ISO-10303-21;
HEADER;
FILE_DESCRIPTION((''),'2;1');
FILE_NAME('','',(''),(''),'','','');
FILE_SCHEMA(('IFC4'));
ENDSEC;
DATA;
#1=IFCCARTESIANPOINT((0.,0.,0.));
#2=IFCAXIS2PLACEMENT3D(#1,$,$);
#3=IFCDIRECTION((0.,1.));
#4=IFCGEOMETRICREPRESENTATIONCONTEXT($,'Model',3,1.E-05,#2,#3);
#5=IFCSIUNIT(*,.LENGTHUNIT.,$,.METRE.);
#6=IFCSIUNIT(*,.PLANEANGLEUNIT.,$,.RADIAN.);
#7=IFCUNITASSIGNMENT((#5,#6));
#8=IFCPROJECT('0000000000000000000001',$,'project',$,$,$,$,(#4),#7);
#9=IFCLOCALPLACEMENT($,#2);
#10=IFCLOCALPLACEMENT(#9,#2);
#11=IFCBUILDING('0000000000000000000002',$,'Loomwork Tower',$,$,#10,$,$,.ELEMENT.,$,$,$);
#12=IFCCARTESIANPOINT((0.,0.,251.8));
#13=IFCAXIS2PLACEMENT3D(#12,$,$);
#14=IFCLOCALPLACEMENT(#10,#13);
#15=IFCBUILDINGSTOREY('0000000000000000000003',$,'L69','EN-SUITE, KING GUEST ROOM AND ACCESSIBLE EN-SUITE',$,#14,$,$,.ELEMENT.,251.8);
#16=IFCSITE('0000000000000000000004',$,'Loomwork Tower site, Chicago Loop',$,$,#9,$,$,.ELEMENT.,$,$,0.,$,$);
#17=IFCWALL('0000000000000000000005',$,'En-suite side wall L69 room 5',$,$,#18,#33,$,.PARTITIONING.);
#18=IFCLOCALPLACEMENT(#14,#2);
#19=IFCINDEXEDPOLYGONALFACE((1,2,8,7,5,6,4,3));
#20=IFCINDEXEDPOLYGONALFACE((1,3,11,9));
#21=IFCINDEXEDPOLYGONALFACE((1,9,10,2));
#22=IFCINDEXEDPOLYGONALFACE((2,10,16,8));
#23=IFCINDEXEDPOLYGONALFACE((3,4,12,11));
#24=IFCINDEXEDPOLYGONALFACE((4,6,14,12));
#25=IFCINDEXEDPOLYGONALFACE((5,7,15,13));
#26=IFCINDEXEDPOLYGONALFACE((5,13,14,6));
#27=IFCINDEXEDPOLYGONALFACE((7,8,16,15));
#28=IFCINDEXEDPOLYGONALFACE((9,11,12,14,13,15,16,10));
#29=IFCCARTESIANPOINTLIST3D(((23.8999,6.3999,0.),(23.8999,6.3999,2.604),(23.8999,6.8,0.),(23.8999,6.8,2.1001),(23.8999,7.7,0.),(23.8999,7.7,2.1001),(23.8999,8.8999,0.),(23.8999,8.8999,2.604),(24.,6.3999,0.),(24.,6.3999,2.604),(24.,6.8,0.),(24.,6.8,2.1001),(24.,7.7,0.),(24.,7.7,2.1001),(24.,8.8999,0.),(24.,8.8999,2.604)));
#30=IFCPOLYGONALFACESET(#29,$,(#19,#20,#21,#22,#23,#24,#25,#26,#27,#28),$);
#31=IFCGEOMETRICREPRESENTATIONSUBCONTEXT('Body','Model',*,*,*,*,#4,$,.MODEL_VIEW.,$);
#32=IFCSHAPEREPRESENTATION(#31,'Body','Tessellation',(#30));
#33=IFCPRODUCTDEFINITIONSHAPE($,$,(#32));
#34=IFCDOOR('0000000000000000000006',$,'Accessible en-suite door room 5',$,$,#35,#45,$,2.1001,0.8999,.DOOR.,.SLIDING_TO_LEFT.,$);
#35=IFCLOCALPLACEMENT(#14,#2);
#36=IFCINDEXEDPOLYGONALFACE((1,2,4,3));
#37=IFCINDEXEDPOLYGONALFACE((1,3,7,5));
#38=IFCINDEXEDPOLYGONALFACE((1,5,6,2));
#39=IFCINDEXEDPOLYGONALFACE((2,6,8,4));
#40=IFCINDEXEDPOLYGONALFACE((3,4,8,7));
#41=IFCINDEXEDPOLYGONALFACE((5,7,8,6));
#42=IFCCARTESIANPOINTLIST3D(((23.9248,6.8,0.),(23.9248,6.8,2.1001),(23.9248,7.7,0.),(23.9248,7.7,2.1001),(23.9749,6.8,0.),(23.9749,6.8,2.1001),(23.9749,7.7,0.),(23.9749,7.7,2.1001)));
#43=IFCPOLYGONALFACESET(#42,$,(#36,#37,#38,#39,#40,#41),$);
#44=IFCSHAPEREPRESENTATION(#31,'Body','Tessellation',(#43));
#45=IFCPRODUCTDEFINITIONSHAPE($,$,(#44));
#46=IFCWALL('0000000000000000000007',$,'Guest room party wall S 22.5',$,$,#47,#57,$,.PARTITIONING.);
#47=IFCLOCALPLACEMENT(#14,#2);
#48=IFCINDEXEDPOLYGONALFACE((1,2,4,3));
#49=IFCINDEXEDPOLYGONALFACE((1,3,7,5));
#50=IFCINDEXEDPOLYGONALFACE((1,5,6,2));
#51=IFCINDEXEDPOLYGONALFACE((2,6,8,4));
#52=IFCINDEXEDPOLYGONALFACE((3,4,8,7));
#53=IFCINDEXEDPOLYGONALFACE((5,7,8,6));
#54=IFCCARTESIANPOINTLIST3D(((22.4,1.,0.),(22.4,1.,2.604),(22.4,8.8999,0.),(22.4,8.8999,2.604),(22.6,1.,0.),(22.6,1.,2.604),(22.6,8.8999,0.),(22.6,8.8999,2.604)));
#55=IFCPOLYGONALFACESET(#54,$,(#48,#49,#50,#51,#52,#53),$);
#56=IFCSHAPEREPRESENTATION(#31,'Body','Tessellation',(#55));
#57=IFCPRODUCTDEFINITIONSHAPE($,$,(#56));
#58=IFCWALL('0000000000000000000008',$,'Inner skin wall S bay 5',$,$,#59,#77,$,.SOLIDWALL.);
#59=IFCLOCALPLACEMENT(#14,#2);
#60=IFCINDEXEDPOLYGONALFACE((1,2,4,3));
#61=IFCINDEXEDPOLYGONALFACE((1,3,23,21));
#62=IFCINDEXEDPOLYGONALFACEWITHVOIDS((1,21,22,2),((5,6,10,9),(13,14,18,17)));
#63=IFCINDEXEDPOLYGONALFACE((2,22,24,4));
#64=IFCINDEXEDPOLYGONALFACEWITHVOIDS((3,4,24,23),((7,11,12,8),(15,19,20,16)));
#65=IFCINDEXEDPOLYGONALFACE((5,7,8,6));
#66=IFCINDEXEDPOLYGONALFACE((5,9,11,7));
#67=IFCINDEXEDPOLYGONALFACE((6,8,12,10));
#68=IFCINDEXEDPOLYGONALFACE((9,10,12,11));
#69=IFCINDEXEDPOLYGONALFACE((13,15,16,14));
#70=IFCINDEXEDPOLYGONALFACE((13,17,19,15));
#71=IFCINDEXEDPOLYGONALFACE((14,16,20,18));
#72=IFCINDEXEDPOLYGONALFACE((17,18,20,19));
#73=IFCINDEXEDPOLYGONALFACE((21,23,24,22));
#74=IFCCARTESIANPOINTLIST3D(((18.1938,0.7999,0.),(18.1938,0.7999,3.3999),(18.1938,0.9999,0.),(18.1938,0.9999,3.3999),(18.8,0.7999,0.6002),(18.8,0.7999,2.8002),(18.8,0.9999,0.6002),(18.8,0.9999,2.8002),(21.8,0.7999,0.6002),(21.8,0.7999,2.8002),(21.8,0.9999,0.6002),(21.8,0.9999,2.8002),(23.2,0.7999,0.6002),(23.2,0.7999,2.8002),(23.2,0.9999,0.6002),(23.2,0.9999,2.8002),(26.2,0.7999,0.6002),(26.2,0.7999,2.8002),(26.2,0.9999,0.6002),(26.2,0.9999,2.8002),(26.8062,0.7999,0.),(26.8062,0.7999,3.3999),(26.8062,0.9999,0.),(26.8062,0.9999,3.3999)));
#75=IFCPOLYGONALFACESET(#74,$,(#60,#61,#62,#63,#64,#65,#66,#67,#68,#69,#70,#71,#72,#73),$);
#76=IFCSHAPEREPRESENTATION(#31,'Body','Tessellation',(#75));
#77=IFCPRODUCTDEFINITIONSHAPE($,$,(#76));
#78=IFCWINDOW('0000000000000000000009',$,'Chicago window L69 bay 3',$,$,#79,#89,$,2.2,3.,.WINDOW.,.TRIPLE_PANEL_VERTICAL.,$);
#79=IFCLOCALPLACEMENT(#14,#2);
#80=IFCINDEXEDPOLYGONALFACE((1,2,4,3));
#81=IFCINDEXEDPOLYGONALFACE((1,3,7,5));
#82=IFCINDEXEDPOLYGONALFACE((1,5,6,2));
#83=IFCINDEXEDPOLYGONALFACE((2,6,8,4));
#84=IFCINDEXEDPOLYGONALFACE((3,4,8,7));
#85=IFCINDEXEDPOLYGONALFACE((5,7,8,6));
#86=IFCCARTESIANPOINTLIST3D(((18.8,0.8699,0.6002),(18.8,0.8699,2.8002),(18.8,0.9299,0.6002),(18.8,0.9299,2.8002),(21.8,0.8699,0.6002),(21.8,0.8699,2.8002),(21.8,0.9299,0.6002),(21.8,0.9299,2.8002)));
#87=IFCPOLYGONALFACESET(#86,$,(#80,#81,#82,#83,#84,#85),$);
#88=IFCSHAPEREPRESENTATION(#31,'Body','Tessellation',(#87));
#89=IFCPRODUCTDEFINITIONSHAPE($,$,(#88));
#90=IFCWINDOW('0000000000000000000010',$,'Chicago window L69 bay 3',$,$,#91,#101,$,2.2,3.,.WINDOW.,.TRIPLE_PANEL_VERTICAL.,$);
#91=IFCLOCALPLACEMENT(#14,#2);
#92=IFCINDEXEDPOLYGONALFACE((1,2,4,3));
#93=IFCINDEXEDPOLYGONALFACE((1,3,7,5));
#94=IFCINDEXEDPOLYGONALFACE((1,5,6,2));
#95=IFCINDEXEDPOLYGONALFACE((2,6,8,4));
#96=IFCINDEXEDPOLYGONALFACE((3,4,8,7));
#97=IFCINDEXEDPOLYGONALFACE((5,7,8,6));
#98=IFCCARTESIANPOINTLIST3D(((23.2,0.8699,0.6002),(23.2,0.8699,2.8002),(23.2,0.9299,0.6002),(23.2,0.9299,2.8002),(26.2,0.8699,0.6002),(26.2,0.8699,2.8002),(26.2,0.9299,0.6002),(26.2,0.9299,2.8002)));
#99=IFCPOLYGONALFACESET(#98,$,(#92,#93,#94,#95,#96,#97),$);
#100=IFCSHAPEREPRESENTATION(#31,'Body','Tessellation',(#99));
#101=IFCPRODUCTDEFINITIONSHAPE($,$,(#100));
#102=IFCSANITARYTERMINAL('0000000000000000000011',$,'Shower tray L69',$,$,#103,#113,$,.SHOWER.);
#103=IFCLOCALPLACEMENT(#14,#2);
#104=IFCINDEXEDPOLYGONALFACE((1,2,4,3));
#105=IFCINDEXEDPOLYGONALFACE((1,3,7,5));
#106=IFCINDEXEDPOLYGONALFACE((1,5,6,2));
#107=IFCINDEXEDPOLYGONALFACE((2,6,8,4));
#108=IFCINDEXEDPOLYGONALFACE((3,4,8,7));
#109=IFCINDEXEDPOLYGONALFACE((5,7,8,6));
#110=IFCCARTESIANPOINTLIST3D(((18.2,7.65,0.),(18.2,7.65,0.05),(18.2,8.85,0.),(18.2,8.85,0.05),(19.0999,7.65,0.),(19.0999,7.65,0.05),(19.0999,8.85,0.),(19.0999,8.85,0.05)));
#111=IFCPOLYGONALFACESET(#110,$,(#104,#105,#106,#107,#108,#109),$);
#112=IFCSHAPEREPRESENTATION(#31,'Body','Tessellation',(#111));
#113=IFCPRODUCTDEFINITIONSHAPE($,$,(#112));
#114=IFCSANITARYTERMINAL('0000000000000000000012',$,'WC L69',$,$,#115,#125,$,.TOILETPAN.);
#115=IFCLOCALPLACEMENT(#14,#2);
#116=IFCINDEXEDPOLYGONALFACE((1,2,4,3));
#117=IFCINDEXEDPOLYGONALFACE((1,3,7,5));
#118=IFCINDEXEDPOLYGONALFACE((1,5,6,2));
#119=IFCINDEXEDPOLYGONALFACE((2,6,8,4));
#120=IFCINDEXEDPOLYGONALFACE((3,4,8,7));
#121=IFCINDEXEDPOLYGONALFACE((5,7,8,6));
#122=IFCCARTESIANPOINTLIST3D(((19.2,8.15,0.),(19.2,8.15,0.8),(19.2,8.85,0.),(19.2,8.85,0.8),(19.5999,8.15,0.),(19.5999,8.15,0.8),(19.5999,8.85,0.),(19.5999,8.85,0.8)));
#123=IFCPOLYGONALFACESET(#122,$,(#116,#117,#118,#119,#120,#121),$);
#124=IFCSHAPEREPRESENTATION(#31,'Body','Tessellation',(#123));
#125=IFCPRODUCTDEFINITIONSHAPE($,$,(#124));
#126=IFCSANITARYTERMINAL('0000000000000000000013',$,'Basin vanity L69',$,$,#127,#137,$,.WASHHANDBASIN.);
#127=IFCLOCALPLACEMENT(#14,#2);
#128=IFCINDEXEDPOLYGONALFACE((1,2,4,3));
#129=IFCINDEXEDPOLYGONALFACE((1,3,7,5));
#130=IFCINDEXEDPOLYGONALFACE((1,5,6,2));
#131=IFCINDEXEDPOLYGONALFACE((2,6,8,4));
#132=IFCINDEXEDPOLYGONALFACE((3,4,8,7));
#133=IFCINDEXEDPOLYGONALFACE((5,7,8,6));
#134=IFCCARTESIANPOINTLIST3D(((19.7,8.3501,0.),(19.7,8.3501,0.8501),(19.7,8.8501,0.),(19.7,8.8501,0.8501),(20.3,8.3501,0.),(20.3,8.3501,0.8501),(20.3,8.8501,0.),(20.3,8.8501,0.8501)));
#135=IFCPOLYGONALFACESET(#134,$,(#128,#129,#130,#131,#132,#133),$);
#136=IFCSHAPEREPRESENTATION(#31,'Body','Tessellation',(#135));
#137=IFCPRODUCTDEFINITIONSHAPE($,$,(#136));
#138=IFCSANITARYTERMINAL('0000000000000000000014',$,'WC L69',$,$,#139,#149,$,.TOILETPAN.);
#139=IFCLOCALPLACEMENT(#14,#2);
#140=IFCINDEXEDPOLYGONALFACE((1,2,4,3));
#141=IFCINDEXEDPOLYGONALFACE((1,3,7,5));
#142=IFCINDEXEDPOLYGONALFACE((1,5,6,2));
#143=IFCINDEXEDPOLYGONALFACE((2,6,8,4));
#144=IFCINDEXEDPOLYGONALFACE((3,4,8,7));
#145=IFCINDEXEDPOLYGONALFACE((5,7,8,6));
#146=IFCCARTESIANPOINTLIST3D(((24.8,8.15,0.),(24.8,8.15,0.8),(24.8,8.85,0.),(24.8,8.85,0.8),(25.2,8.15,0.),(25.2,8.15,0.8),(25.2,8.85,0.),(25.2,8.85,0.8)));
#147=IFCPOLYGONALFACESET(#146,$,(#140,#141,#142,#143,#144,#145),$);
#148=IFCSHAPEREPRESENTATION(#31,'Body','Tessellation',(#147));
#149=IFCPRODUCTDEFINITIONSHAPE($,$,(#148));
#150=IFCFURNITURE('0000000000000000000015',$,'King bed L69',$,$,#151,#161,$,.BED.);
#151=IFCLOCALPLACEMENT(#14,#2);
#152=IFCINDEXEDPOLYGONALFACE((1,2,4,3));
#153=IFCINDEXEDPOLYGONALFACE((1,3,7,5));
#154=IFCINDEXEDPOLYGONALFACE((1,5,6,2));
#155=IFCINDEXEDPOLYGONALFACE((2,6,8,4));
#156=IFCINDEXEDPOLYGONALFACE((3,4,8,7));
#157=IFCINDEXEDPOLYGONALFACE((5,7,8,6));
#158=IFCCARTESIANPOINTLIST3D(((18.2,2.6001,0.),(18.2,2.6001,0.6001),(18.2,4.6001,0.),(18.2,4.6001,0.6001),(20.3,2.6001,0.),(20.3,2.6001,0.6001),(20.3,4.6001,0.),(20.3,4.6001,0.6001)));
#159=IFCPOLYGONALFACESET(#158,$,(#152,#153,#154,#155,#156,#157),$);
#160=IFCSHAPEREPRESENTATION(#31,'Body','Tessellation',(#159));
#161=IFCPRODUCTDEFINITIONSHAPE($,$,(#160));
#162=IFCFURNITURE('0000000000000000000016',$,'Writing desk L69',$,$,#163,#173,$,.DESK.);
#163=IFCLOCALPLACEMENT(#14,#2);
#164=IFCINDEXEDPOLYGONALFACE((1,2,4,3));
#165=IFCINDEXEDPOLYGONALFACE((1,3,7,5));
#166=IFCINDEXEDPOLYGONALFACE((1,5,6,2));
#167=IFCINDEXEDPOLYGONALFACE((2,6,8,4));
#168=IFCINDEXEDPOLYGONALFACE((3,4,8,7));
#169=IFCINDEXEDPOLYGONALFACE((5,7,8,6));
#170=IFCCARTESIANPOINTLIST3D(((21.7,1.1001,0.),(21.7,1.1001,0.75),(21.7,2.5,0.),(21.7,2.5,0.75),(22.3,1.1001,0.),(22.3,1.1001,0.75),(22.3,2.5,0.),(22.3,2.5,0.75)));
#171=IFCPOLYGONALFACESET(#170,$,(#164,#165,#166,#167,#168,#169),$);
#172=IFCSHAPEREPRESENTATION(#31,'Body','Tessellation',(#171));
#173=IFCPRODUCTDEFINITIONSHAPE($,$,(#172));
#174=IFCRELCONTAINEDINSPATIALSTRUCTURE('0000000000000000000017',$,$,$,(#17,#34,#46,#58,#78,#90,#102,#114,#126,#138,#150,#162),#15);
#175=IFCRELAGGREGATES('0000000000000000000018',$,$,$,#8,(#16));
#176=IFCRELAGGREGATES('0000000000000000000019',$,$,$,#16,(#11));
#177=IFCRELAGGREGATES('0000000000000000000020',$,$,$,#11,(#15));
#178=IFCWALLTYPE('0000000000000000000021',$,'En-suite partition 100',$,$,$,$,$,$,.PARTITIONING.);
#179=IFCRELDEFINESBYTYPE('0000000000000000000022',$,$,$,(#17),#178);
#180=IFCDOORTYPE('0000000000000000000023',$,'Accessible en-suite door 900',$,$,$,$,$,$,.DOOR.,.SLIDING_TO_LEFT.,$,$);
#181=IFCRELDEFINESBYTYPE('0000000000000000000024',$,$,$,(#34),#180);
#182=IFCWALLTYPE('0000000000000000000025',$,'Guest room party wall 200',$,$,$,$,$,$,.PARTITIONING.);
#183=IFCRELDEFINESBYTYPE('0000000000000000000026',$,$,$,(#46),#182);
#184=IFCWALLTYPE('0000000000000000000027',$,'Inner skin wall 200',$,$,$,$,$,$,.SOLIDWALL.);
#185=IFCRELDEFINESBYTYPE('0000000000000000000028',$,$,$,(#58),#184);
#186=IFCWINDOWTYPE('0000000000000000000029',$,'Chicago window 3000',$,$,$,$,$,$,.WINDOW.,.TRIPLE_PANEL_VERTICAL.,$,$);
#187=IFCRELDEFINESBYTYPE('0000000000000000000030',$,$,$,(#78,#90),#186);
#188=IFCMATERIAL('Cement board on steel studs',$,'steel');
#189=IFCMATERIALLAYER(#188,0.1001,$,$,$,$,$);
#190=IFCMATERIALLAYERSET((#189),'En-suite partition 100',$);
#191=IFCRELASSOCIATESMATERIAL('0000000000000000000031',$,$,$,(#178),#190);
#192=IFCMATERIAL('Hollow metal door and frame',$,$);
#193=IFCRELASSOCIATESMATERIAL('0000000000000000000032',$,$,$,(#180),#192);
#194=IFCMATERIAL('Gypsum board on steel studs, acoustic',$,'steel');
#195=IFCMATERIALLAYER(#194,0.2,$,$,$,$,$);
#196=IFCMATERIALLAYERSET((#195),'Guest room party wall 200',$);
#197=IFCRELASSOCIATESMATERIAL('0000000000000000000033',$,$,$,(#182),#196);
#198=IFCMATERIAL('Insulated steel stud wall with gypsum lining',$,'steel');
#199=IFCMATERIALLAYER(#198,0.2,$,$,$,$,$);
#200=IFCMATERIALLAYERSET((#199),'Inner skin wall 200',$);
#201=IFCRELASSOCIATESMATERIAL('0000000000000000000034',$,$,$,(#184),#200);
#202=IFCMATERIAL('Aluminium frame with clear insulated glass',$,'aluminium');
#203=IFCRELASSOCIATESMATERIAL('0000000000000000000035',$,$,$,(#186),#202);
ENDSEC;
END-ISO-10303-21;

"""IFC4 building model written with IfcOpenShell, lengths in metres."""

from ifc_helpers import new_model, si_unit, direction, frame, frame_2d, origin, origin_2d, place, context, subcontext, project, spatial, rectangle, extrude, material, layer, layer_set, type_object, element, fill, save


model = new_model("IFC4")

# Units and contexts
model_context = context("Model", 3, precision=1e-05, world=origin(), true_north=direction((0.0, 1.0)))
body_context = subcontext(model_context, "Body", "Model", "MODEL_VIEW")
ifc_project = project(units=[si_unit("LENGTHUNIT", "METRE"), si_unit("PLANEANGLEUNIT", "RADIAN")], contexts=[model_context])

# Site, building, storey
site_placement = place(None, origin())
site = spatial("IfcSite", under=ifc_project, at=site_placement, Name="Loomwork Tower site, Chicago Loop", CompositionType="ELEMENT", RefElevation=0.0)
building_placement = place(site_placement, origin())
building = spatial("IfcBuilding", under=site, at=building_placement, Name="Loomwork Tower", CompositionType="ELEMENT")
storey_placement = place(building_placement, frame((0.0, 0.0, 251.8)))
storey = spatial("IfcBuildingStorey", under=building, at=storey_placement, Name="L69", Description="EN-SUITE, KING GUEST ROOM AND ACCESSIBLE EN-SUITE", CompositionType="ELEMENT", Elevation=251.8)

# Shared definitions
ifc_material_1 = material(Name="Cement board on steel studs", Category="steel")
ifc_layer_1 = layer(ifc_material_1, 0.1001)
ifc_layer_set_1 = layer_set([ifc_layer_1], Name="En-suite partition 100")
wall_type_1 = type_object("IfcWallType", Name="En-suite partition 100", PredefinedType="PARTITIONING", material=ifc_layer_set_1)

# Wall, opening, door
wall_1_placement = place(storey_placement, frame((23.95, 8.8999, 0.0), z_axis=(0.0, 0.0, 1.0), x_axis=(0.0, -1.0, 0.0)))
wall_1 = element("IfcWall", 1, at=wall_1_placement, inside=storey, type_object=wall_type_1, Name="En-suite side wall L69 room 5", PredefinedType="PARTITIONING", context=body_context, shape_type="SweptSolid", body=[
    extrude(rectangle(XDim=2.5, YDim=0.1001, at=frame_2d((1.25, 0.0))), origin(), (0.0, 0.0, 1.0), 2.604),
])
opening_1_placement = place(wall_1_placement, frame((1.2, 0.0, 0.0)))
opening_1 = element("IfcOpeningElement", 2, at=opening_1_placement, cuts=wall_1, PredefinedType="OPENING", context=body_context, shape_type="SweptSolid", body=[
    extrude(rectangle(XDim=0.8999, YDim=2.1001, at=frame_2d((0.45, 1.05))), frame((0.0, 0.0601, 0.0), z_axis=(0.0, -1.0, 0.0), x_axis=(1.0, 0.0, 0.0)), (0.0, 0.0, 1.0), 0.1201),
])
ifc_material_2 = material(Name="Hollow metal door and frame")
door_type_1 = type_object("IfcDoorType", Name="Accessible en-suite door 900", OperationType="SLIDING_TO_LEFT", PredefinedType="DOOR", material=ifc_material_2)
door_1_placement = place(opening_1_placement, origin())
door_1 = element("IfcDoor", 3, at=door_1_placement, inside=storey, type_object=door_type_1, Name="Accessible en-suite door room 5", OperationType="SLIDING_TO_LEFT", OverallHeight=2.1001, OverallWidth=0.8999, PredefinedType="DOOR", context=body_context, shape_type="SweptSolid", body=[
    extrude(rectangle(XDim=0.8999, YDim=2.1001, at=frame_2d((0.45, 1.05))), frame((0.0, 0.0249, 0.0), z_axis=(0.0, -1.0, 0.0), x_axis=(1.0, 0.0, 0.0)), (0.0, 0.0, 1.0), 0.05),
])
fill(opening_1, door_1)

# Wall
ifc_material_3 = material(Name="Gypsum board on steel studs, acoustic", Category="steel")
ifc_layer_2 = layer(ifc_material_3, 0.2)
ifc_layer_set_2 = layer_set([ifc_layer_2], Name="Guest room party wall 200")
wall_type_2 = type_object("IfcWallType", Name="Guest room party wall 200", PredefinedType="PARTITIONING", material=ifc_layer_set_2)
wall_2_placement = place(storey_placement, frame((22.5, 8.8999, 0.0), z_axis=(0.0, 0.0, 1.0), x_axis=(0.0, -1.0, 0.0)))
element("IfcWall", 4, at=wall_2_placement, inside=storey, type_object=wall_type_2, Name="Guest room party wall S 22.5", PredefinedType="PARTITIONING", context=body_context, shape_type="SweptSolid", body=[
    extrude(rectangle(XDim=7.8999, YDim=0.2, at=frame_2d((3.95, 0.0))), origin(), (0.0, 0.0, 1.0), 2.604),
])

# Wall, openings, windows
ifc_material_4 = material(Name="Insulated steel stud wall with gypsum lining", Category="steel")
ifc_layer_3 = layer(ifc_material_4, 0.2)
ifc_layer_set_3 = layer_set([ifc_layer_3], Name="Inner skin wall 200")
wall_type_3 = type_object("IfcWallType", Name="Inner skin wall 200", PredefinedType="SOLIDWALL", material=ifc_layer_set_3)
wall_3_placement = place(storey_placement, frame((18.1938, 0.8999, 0.0), z_axis=(0.0, 0.0, 1.0), x_axis=(1.0, 0.0, 0.0)))
wall_3 = element("IfcWall", 5, at=wall_3_placement, inside=storey, type_object=wall_type_3, Name="Inner skin wall S bay 5", PredefinedType="SOLIDWALL", context=body_context, shape_type="SweptSolid", body=[
    extrude(rectangle(XDim=8.6123, YDim=0.2, at=frame_2d((4.3062, 0.0))), origin(), (0.0, 0.0, 1.0), 3.3999),
])
opening_2_placement = place(wall_3_placement, frame((0.6062, 0.0, 0.6001)))
opening_2 = element("IfcOpeningElement", 6, at=opening_2_placement, cuts=wall_3, PredefinedType="OPENING", context=body_context, shape_type="SweptSolid", body=[
    extrude(rectangle(XDim=3.0, YDim=2.2, at=frame_2d((1.5, 1.1001))), frame((0.0, 0.1099, 0.0), z_axis=(0.0, -1.0, 0.0), x_axis=(1.0, 0.0, 0.0)), (0.0, 0.0, 1.0), 0.22),
])
opening_3_placement = place(wall_3_placement, frame((5.0061, 0.0, 0.6001)))
opening_3 = element("IfcOpeningElement", 7, at=opening_3_placement, cuts=wall_3, PredefinedType="OPENING", context=body_context, shape_type="SweptSolid", body=[
    extrude(rectangle(XDim=3.0, YDim=2.2, at=frame_2d((1.5, 1.1001))), frame((0.0, 0.1099, 0.0), z_axis=(0.0, -1.0, 0.0), x_axis=(1.0, 0.0, 0.0)), (0.0, 0.0, 1.0), 0.22),
])
ifc_material_5 = material(Name="Aluminium frame with clear insulated glass", Category="aluminium")
window_type = type_object("IfcWindowType", Name="Chicago window 3000", PartitioningType="TRIPLE_PANEL_VERTICAL", PredefinedType="WINDOW", material=ifc_material_5)
window_1_placement = place(opening_2_placement, origin())
window_1 = element("IfcWindow", 8, at=window_1_placement, inside=storey, type_object=window_type, Name="Chicago window L69 bay 3", OverallHeight=2.2, OverallWidth=3.0, PartitioningType="TRIPLE_PANEL_VERTICAL", PredefinedType="WINDOW", context=body_context, shape_type="SweptSolid", body=[
    extrude(rectangle(XDim=3.0, YDim=2.2, at=frame_2d((1.5, 1.1001))), frame((0.0, 0.03, 0.0), z_axis=(0.0, -1.0, 0.0), x_axis=(1.0, 0.0, 0.0)), (0.0, 0.0, 1.0), 0.0601),
])
fill(opening_2, window_1)
window_2_placement = place(opening_3_placement, origin())
window_2 = element("IfcWindow", 9, at=window_2_placement, inside=storey, type_object=window_type, Name="Chicago window L69 bay 3", OverallHeight=2.2, OverallWidth=3.0, PartitioningType="TRIPLE_PANEL_VERTICAL", PredefinedType="WINDOW", context=body_context, shape_type="SweptSolid", body=[
    extrude(rectangle(XDim=3.0, YDim=2.2, at=frame_2d((1.5, 1.1001))), frame((0.0, 0.03, 0.0), z_axis=(0.0, -1.0, 0.0), x_axis=(1.0, 0.0, 0.0)), (0.0, 0.0, 1.0), 0.0601),
])
fill(opening_3, window_2)

# Sanitary terminals
sanitary_terminal_1_placement = place(storey_placement, frame((18.6499, 8.25, 0.0), z_axis=(0.0, 0.0, 1.0), x_axis=(1.0, 0.0, 0.0)))
element("IfcSanitaryTerminal", 10, at=sanitary_terminal_1_placement, inside=storey, Name="Shower tray L69", PredefinedType="SHOWER", context=body_context, shape_type="SweptSolid", body=[
    extrude(rectangle(XDim=0.8999, YDim=1.2, at=origin_2d()), origin(), (0.0, 0.0, 1.0), 0.05),
])
sanitary_terminal_2_placement = place(storey_placement, frame((19.3999, 8.5, 0.0), z_axis=(0.0, 0.0, 1.0), x_axis=(1.0, 0.0, 0.0)))
element("IfcSanitaryTerminal", 11, at=sanitary_terminal_2_placement, inside=storey, Name="WC L69", PredefinedType="TOILETPAN", context=body_context, shape_type="SweptSolid", body=[
    extrude(rectangle(XDim=0.3999, YDim=0.7, at=origin_2d()), origin(), (0.0, 0.0, 1.0), 0.8),
])
sanitary_terminal_3_placement = place(storey_placement, frame((20.0, 8.6001, 0.0), z_axis=(0.0, 0.0, 1.0), x_axis=(1.0, 0.0, 0.0)))
element("IfcSanitaryTerminal", 12, at=sanitary_terminal_3_placement, inside=storey, Name="Basin vanity L69", PredefinedType="WASHHANDBASIN", context=body_context, shape_type="SweptSolid", body=[
    extrude(rectangle(XDim=0.6001, YDim=0.5, at=origin_2d()), origin(), (0.0, 0.0, 1.0), 0.8501),
])
sanitary_terminal_4_placement = place(storey_placement, frame((25.0, 8.5, 0.0), z_axis=(0.0, 0.0, 1.0), x_axis=(1.0, 0.0, 0.0)))
element("IfcSanitaryTerminal", 13, at=sanitary_terminal_4_placement, inside=storey, Name="WC L69", PredefinedType="TOILETPAN", context=body_context, shape_type="SweptSolid", body=[
    extrude(rectangle(XDim=0.3999, YDim=0.7, at=origin_2d()), origin(), (0.0, 0.0, 1.0), 0.8),
])

# Furniture
furniture_1_placement = place(storey_placement, frame((19.25, 3.6001, 0.0), z_axis=(0.0, 0.0, 1.0), x_axis=(1.0, 0.0, 0.0)))
element("IfcFurniture", 14, at=furniture_1_placement, inside=storey, Name="King bed L69", PredefinedType="BED", context=body_context, shape_type="SweptSolid", body=[
    extrude(rectangle(XDim=2.1001, YDim=2.0, at=origin_2d()), origin(), (0.0, 0.0, 1.0), 0.6001),
])
furniture_2_placement = place(storey_placement, frame((22.0, 1.8, 0.0), z_axis=(0.0, 0.0, 1.0), x_axis=(1.0, 0.0, 0.0)))
element("IfcFurniture", 15, at=furniture_2_placement, inside=storey, Name="Writing desk L69", PredefinedType="DESK", context=body_context, shape_type="SweptSolid", body=[
    extrude(rectangle(XDim=0.6001, YDim=1.3999, at=origin_2d()), origin(), (0.0, 0.0, 1.0), 0.75),
])

save(model, "model.ifc")
